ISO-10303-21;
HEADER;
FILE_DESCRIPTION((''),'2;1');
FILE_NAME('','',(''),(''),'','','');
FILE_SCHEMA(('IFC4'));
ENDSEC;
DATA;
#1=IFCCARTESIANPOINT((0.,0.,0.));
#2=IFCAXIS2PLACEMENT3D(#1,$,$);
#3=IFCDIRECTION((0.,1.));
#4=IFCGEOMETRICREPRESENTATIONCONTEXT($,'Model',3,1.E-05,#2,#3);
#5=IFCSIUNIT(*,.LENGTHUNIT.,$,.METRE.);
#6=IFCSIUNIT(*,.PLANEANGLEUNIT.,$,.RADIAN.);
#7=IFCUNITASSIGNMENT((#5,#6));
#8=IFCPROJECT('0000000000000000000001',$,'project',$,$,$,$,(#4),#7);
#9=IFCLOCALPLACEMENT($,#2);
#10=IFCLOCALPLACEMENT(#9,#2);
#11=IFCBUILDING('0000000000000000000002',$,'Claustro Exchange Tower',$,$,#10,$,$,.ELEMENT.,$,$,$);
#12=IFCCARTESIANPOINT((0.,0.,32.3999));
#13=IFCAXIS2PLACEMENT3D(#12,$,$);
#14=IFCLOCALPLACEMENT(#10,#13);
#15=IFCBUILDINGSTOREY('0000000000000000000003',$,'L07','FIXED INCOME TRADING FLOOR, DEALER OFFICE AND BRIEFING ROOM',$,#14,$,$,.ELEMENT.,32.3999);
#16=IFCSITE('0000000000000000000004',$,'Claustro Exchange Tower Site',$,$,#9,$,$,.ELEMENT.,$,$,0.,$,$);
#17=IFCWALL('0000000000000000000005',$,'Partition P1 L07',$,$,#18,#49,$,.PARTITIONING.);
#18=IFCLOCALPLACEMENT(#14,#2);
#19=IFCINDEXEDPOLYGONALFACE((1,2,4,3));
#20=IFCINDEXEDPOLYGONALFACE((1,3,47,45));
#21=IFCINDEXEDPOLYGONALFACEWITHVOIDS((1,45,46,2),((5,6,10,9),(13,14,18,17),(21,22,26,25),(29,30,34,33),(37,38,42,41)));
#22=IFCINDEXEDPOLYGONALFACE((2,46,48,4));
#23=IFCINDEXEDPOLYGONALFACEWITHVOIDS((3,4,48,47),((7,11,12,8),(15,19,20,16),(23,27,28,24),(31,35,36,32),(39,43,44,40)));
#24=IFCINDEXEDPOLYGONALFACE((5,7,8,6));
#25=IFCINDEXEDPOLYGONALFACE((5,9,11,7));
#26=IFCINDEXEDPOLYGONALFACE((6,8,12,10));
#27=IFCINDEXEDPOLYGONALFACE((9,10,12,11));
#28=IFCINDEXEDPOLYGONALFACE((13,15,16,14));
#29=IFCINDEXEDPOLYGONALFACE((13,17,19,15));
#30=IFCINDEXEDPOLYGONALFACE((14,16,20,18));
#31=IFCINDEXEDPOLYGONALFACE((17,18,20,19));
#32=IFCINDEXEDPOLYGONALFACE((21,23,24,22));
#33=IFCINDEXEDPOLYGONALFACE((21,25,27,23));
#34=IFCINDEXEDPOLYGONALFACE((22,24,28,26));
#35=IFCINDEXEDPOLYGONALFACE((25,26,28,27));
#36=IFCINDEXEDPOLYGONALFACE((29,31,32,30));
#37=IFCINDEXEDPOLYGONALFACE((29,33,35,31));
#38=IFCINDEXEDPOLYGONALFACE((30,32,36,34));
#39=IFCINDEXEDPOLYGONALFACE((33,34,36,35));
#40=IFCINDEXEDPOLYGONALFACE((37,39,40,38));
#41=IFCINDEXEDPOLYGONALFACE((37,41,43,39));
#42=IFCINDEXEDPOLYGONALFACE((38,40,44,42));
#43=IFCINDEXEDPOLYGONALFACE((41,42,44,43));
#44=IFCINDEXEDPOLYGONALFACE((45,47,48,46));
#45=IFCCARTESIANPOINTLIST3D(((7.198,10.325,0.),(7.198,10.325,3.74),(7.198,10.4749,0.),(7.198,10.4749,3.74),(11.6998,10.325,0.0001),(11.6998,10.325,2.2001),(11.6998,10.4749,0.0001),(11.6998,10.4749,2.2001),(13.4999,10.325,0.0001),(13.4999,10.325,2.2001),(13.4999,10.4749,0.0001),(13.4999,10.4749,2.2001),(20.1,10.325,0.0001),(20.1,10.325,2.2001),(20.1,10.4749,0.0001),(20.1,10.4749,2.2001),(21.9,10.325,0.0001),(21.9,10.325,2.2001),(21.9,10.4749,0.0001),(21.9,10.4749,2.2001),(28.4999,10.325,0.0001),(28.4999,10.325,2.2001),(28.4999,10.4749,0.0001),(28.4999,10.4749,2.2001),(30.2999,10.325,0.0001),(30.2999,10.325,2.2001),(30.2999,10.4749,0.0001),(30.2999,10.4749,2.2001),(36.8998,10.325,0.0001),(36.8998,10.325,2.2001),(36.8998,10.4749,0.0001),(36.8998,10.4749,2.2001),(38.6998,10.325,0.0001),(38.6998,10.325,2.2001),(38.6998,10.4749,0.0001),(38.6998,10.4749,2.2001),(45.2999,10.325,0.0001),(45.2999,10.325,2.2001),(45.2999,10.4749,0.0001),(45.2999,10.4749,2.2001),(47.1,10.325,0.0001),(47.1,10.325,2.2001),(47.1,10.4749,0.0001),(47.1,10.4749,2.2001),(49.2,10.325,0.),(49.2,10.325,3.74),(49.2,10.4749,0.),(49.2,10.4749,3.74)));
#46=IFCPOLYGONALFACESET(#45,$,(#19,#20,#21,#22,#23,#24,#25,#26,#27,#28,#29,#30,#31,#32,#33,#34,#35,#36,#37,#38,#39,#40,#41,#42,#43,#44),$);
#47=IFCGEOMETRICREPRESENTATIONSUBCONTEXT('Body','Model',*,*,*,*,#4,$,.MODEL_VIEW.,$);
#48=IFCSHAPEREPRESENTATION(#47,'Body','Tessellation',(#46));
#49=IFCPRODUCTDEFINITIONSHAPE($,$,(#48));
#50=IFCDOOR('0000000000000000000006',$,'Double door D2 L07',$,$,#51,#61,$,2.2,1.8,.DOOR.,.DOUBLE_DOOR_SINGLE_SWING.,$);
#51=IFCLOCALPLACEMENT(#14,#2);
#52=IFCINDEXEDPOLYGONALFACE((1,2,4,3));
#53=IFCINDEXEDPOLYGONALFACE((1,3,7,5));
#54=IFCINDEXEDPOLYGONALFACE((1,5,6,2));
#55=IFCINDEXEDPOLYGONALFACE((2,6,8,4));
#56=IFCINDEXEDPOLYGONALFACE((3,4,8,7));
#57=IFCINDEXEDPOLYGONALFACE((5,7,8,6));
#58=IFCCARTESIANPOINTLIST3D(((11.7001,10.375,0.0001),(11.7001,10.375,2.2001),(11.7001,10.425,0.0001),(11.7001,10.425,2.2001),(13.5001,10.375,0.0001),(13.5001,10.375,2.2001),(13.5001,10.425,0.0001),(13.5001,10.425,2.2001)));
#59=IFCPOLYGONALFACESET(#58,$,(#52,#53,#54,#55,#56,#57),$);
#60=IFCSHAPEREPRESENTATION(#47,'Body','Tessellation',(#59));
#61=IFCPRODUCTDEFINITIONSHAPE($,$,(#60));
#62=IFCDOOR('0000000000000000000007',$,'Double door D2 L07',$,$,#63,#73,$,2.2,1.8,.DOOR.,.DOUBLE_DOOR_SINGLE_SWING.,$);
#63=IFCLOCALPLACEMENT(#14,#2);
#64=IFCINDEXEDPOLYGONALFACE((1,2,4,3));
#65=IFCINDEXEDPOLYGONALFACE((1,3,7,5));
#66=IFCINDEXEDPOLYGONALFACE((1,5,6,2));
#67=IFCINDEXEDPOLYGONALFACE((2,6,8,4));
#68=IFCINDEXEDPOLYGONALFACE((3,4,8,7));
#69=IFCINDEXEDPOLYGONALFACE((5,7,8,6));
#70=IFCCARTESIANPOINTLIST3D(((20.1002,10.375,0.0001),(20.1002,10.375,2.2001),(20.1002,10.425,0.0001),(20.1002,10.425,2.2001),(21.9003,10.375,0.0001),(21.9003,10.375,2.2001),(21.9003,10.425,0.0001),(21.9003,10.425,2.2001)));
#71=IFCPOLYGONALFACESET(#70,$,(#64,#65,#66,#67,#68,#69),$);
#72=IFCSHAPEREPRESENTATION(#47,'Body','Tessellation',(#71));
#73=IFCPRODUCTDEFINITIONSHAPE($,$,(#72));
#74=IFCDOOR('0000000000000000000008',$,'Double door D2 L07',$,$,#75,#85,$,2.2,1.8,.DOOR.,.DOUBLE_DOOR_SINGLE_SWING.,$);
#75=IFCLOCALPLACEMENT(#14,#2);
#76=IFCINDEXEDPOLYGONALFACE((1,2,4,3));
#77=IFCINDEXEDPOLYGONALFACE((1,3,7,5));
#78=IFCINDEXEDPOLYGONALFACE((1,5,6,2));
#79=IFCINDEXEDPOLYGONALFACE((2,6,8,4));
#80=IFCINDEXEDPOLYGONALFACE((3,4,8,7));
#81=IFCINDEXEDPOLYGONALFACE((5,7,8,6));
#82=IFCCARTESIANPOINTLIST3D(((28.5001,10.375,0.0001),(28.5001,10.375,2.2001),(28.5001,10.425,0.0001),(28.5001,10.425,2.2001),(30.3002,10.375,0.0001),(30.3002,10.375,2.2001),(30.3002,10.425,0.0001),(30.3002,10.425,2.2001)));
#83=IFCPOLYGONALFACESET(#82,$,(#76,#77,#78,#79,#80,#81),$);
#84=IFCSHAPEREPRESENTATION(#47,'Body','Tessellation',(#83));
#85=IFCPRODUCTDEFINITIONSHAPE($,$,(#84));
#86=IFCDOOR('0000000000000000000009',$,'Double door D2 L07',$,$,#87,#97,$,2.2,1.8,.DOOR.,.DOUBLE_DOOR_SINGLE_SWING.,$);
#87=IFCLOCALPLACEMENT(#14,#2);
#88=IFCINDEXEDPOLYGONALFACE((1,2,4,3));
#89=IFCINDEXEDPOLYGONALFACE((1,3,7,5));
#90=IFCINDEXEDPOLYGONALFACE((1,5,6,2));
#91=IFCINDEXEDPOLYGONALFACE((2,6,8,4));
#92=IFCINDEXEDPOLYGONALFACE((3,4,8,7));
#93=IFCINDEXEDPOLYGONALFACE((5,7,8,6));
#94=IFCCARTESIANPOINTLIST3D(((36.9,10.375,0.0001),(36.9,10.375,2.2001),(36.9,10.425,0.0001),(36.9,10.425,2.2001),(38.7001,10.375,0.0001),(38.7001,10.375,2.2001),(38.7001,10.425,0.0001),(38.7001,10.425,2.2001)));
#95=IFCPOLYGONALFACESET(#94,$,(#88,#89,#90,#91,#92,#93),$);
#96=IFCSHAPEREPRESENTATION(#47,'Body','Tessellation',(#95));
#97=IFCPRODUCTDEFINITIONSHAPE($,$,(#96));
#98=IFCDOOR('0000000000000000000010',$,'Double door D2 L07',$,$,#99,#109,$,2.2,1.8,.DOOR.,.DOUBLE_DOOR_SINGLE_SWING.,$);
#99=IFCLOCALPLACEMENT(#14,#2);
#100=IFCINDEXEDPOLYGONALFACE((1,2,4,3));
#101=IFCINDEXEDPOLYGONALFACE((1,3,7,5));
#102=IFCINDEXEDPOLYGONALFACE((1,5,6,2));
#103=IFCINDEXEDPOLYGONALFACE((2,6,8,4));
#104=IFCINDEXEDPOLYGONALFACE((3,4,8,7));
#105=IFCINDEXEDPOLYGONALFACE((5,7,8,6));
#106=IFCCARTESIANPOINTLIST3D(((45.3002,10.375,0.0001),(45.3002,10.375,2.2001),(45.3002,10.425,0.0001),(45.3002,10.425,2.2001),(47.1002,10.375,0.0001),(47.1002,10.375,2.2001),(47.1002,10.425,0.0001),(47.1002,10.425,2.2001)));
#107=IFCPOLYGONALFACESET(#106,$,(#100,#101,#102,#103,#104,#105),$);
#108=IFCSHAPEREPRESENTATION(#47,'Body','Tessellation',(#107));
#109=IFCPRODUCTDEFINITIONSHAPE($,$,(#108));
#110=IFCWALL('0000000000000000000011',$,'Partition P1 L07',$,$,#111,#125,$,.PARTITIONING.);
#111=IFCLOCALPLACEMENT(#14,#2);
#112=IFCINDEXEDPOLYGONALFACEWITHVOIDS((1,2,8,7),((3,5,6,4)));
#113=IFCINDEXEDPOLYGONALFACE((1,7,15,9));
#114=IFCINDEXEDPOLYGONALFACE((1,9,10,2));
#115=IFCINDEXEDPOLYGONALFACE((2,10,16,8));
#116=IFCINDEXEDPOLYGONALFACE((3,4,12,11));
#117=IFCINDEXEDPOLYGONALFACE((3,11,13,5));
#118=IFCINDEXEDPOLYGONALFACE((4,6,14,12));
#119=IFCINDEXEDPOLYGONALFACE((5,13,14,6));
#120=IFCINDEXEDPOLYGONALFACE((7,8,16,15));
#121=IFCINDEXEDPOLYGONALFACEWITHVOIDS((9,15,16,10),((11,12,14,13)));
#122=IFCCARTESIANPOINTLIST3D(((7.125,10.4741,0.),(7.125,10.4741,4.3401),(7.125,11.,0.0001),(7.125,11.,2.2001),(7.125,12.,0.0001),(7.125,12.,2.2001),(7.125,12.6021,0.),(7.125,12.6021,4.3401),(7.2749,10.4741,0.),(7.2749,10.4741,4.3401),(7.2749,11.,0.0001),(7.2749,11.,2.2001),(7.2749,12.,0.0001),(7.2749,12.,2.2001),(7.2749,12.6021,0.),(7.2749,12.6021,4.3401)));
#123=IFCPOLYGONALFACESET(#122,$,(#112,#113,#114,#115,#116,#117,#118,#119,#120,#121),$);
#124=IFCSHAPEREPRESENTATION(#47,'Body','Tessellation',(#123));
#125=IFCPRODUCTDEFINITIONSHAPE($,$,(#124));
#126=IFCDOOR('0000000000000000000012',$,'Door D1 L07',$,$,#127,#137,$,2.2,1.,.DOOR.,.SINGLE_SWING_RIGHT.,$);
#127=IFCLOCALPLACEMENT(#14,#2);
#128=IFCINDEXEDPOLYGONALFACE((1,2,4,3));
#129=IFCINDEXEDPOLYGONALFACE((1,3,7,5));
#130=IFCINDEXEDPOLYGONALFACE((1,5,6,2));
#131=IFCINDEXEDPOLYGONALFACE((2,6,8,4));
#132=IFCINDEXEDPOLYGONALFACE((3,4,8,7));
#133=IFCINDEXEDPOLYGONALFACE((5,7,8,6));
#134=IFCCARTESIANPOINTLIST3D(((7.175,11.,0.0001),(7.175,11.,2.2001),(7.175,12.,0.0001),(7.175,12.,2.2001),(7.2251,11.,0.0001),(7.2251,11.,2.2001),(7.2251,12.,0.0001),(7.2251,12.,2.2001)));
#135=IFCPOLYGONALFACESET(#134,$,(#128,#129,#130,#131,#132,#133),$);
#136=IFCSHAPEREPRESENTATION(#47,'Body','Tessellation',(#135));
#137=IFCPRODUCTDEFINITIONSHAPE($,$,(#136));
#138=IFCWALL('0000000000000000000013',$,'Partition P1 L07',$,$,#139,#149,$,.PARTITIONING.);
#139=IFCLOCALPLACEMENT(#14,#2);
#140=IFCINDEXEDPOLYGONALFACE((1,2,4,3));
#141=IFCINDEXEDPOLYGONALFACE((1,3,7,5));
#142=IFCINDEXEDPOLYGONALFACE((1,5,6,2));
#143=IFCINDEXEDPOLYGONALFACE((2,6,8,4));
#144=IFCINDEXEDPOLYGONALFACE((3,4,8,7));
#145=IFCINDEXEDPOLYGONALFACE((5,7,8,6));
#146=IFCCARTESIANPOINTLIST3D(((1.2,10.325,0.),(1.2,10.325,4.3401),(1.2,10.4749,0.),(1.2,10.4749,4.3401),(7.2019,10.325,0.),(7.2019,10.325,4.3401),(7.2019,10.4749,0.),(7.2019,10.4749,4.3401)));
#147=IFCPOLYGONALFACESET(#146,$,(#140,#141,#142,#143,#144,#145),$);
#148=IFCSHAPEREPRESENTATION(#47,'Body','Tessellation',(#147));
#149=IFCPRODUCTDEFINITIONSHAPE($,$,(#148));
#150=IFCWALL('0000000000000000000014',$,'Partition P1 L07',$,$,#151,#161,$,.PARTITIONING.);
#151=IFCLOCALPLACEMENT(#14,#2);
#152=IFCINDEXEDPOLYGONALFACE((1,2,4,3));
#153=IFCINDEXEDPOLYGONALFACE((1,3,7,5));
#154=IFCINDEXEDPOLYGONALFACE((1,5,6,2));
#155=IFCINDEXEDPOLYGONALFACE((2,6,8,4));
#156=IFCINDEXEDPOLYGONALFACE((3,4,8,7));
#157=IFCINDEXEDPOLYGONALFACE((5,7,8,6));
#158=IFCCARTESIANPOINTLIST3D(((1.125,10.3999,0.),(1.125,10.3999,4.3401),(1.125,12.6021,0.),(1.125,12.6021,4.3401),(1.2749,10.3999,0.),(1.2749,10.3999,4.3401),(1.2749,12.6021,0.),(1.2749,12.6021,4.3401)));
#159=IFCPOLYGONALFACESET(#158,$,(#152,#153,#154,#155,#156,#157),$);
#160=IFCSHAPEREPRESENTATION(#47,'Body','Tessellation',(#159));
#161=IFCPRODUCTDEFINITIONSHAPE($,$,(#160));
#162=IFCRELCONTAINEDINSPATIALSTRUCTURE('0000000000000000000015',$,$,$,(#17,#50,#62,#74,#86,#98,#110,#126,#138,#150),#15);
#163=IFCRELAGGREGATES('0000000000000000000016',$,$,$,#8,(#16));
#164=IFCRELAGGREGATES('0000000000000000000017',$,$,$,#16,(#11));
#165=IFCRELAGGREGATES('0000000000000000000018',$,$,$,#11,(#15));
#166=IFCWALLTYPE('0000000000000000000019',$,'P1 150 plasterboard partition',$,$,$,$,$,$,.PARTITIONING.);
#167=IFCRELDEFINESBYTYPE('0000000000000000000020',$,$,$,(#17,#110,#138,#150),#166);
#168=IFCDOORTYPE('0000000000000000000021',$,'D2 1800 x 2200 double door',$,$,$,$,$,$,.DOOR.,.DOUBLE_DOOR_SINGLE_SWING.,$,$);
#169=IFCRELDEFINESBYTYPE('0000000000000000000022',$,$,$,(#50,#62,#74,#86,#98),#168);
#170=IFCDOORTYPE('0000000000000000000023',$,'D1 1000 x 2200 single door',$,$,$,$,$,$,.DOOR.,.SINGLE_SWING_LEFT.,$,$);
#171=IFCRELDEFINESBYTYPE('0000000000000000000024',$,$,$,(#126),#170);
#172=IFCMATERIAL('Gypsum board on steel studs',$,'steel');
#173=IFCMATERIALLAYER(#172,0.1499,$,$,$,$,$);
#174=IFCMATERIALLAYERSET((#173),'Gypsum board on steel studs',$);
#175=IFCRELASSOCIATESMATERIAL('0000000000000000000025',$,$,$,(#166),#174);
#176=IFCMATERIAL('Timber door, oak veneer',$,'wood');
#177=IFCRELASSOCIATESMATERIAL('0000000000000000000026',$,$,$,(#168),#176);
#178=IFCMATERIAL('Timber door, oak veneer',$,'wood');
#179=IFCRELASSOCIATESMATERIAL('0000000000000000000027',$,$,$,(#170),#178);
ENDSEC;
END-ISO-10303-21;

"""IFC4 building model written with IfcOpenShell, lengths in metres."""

from ifc_helpers import new_model, si_unit, direction, frame, frame_2d, origin, place, context, subcontext, project, spatial, rectangle, extrude, material, layer, layer_set, type_object, element, fill, save


model = new_model("IFC4")

# Units and contexts
model_context = context("Model", 3, precision=1e-05, world=origin(), true_north=direction((0.0, 1.0)))
body_context = subcontext(model_context, "Body", "Model", "MODEL_VIEW")
ifc_project = project(units=[si_unit("LENGTHUNIT", "METRE"), si_unit("PLANEANGLEUNIT", "RADIAN")], contexts=[model_context])

# Site, building, storey
site_placement = place(None, origin())
site = spatial("IfcSite", under=ifc_project, at=site_placement, Name="Claustro Exchange Tower Site", CompositionType="ELEMENT", RefElevation=0.0)
building_placement = place(site_placement, origin())
building = spatial("IfcBuilding", under=site, at=building_placement, Name="Claustro Exchange Tower", CompositionType="ELEMENT")
storey_placement = place(building_placement, frame((0.0, 0.0, 32.3999)))
storey = spatial("IfcBuildingStorey", under=building, at=storey_placement, Name="L07", Description="FIXED INCOME TRADING FLOOR, DEALER OFFICE AND BRIEFING ROOM", CompositionType="ELEMENT", Elevation=32.3999)

# Wall, openings, doors
ifc_material_1 = material(Name="Gypsum board on steel studs", Category="steel")
ifc_layer_1 = layer(ifc_material_1, 0.1499)
ifc_layer_set_1 = layer_set([ifc_layer_1], Name="Gypsum board on steel studs")
wall_type_1 = type_object("IfcWallType", Name="P1 150 plasterboard partition", PredefinedType="PARTITIONING", material=ifc_layer_set_1)
wall_1_placement = place(storey_placement, frame((7.198, 10.3999, 0.0), z_axis=(0.0, 0.0, 1.0), x_axis=(1.0, 0.0, 0.0)))
wall_1 = element("IfcWall", 1, at=wall_1_placement, inside=storey, type_object=wall_type_1, Name="Partition P1 L07", PredefinedType="PARTITIONING", context=body_context, shape_type="SweptSolid", body=[
    extrude(rectangle(XDim=42.002, YDim=0.1499, at=frame_2d((21.001, 0.0))), origin(), (0.0, 0.0, 1.0), 3.74),
])
opening_1_placement = place(wall_1_placement, frame((4.502, 0.0, 0.0)))
opening_1 = element("IfcOpeningElement", 2, at=opening_1_placement, cuts=wall_1, PredefinedType="OPENING", context=body_context, shape_type="SweptSolid", body=[
    extrude(rectangle(XDim=1.8, YDim=2.2, at=frame_2d((0.8999, 1.1001))), frame((0.0, 0.085, 0.0), z_axis=(0.0, -1.0, 0.0), x_axis=(1.0, 0.0, 0.0)), (0.0, 0.0, 1.0), 0.1699),
])
opening_2_placement = place(wall_1_placement, frame((12.9021, 0.0, 0.0)))
opening_2 = element("IfcOpeningElement", 3, at=opening_2_placement, cuts=wall_1, PredefinedType="OPENING", context=body_context, shape_type="SweptSolid", body=[
    extrude(rectangle(XDim=1.8, YDim=2.2, at=frame_2d((0.8999, 1.1001))), frame((0.0, 0.085, 0.0), z_axis=(0.0, -1.0, 0.0), x_axis=(1.0, 0.0, 0.0)), (0.0, 0.0, 1.0), 0.1699),
])
opening_3_placement = place(wall_1_placement, frame((21.302, 0.0, 0.0)))
opening_3 = element("IfcOpeningElement", 4, at=opening_3_placement, cuts=wall_1, PredefinedType="OPENING", context=body_context, shape_type="SweptSolid", body=[
    extrude(rectangle(XDim=1.8, YDim=2.2, at=frame_2d((0.8999, 1.1001))), frame((0.0, 0.085, 0.0), z_axis=(0.0, -1.0, 0.0), x_axis=(1.0, 0.0, 0.0)), (0.0, 0.0, 1.0), 0.1699),
])
opening_4_placement = place(wall_1_placement, frame((29.7019, 0.0, 0.0)))
opening_4 = element("IfcOpeningElement", 5, at=opening_4_placement, cuts=wall_1, PredefinedType="OPENING", context=body_context, shape_type="SweptSolid", body=[
    extrude(rectangle(XDim=1.8, YDim=2.2, at=frame_2d((0.8999, 1.1001))), frame((0.0, 0.085, 0.0), z_axis=(0.0, -1.0, 0.0), x_axis=(1.0, 0.0, 0.0)), (0.0, 0.0, 1.0), 0.1699),
])
opening_5_placement = place(wall_1_placement, frame((38.1021, 0.0, 0.0)))
opening_5 = element("IfcOpeningElement", 6, at=opening_5_placement, cuts=wall_1, PredefinedType="OPENING", context=body_context, shape_type="SweptSolid", body=[
    extrude(rectangle(XDim=1.8, YDim=2.2, at=frame_2d((0.8999, 1.1001))), frame((0.0, 0.085, 0.0), z_axis=(0.0, -1.0, 0.0), x_axis=(1.0, 0.0, 0.0)), (0.0, 0.0, 1.0), 0.1699),
])
ifc_material_2 = material(Name="Timber door, oak veneer", Category="wood")
door_type_1 = type_object("IfcDoorType", Name="D2 1800 x 2200 double door", OperationType="DOUBLE_DOOR_SINGLE_SWING", PredefinedType="DOOR", material=ifc_material_2)
door_1_placement = place(opening_1_placement, frame((1.8, 0.0, 0.0), z_axis=(0.0, 0.0, 1.0), x_axis=(-1.0, 0.0, 0.0)))
door_1 = element("IfcDoor", 7, at=door_1_placement, inside=storey, type_object=door_type_1, Name="Double door D2 L07", OperationType="DOUBLE_DOOR_SINGLE_SWING", OverallHeight=2.2, OverallWidth=1.8, PredefinedType="DOOR", context=body_context, shape_type="SweptSolid", body=[
    extrude(rectangle(XDim=1.8, YDim=2.2, at=frame_2d((0.8999, 1.1001))), frame((0.0, 0.0249, 0.0), z_axis=(0.0, -1.0, 0.0), x_axis=(1.0, 0.0, 0.0)), (0.0, 0.0, 1.0), 0.05),
])
fill(opening_1, door_1)
door_2_placement = place(opening_2_placement, frame((1.8, 0.0, 0.0), z_axis=(0.0, 0.0, 1.0), x_axis=(-1.0, 0.0, 0.0)))
door_2 = element("IfcDoor", 8, at=door_2_placement, inside=storey, type_object=door_type_1, Name="Double door D2 L07", OperationType="DOUBLE_DOOR_SINGLE_SWING", OverallHeight=2.2, OverallWidth=1.8, PredefinedType="DOOR", context=body_context, shape_type="SweptSolid", body=[
    extrude(rectangle(XDim=1.8, YDim=2.2, at=frame_2d((0.8999, 1.1001))), frame((0.0, 0.0249, 0.0), z_axis=(0.0, -1.0, 0.0), x_axis=(1.0, 0.0, 0.0)), (0.0, 0.0, 1.0), 0.05),
])
fill(opening_2, door_2)
door_3_placement = place(opening_3_placement, frame((1.8, 0.0, 0.0), z_axis=(0.0, 0.0, 1.0), x_axis=(-1.0, 0.0, 0.0)))
door_3 = element("IfcDoor", 9, at=door_3_placement, inside=storey, type_object=door_type_1, Name="Double door D2 L07", OperationType="DOUBLE_DOOR_SINGLE_SWING", OverallHeight=2.2, OverallWidth=1.8, PredefinedType="DOOR", context=body_context, shape_type="SweptSolid", body=[
    extrude(rectangle(XDim=1.8, YDim=2.2, at=frame_2d((0.8999, 1.1001))), frame((0.0, 0.0249, 0.0), z_axis=(0.0, -1.0, 0.0), x_axis=(1.0, 0.0, 0.0)), (0.0, 0.0, 1.0), 0.05),
])
fill(opening_3, door_3)
door_4_placement = place(opening_4_placement, frame((1.8, 0.0, 0.0), z_axis=(0.0, 0.0, 1.0), x_axis=(-1.0, 0.0, 0.0)))
door_4 = element("IfcDoor", 10, at=door_4_placement, inside=storey, type_object=door_type_1, Name="Double door D2 L07", OperationType="DOUBLE_DOOR_SINGLE_SWING", OverallHeight=2.2, OverallWidth=1.8, PredefinedType="DOOR", context=body_context, shape_type="SweptSolid", body=[
    extrude(rectangle(XDim=1.8, YDim=2.2, at=frame_2d((0.8999, 1.1001))), frame((0.0, 0.0249, 0.0), z_axis=(0.0, -1.0, 0.0), x_axis=(1.0, 0.0, 0.0)), (0.0, 0.0, 1.0), 0.05),
])
fill(opening_4, door_4)
door_5_placement = place(opening_5_placement, frame((1.8, 0.0, 0.0), z_axis=(0.0, 0.0, 1.0), x_axis=(-1.0, 0.0, 0.0)))
door_5 = element("IfcDoor", 11, at=door_5_placement, inside=storey, type_object=door_type_1, Name="Double door D2 L07", OperationType="DOUBLE_DOOR_SINGLE_SWING", OverallHeight=2.2, OverallWidth=1.8, PredefinedType="DOOR", context=body_context, shape_type="SweptSolid", body=[
    extrude(rectangle(XDim=1.8, YDim=2.2, at=frame_2d((0.8999, 1.1001))), frame((0.0, 0.0249, 0.0), z_axis=(0.0, -1.0, 0.0), x_axis=(1.0, 0.0, 0.0)), (0.0, 0.0, 1.0), 0.05),
])
fill(opening_5, door_5)

# Wall, opening, door
wall_2_placement = place(storey_placement, frame((7.2, 10.4741, 0.0), z_axis=(0.0, 0.0, 1.0), x_axis=(0.0, 1.0, 0.0)))
wall_2 = element("IfcWall", 12, at=wall_2_placement, inside=storey, type_object=wall_type_1, Name="Partition P1 L07", PredefinedType="PARTITIONING", context=body_context, shape_type="SweptSolid", body=[
    extrude(rectangle(XDim=2.1279, YDim=0.1499, at=frame_2d((1.064, 0.0))), origin(), (0.0, 0.0, 1.0), 4.3401),
])
opening_6_placement = place(wall_2_placement, frame((0.5259, 0.0, 0.0)))
opening_6 = element("IfcOpeningElement", 13, at=opening_6_placement, cuts=wall_2, PredefinedType="OPENING", context=body_context, shape_type="SweptSolid", body=[
    extrude(rectangle(XDim=1.0, YDim=2.2, at=frame_2d((0.5, 1.1001))), frame((0.0, 0.085, 0.0), z_axis=(0.0, -1.0, 0.0), x_axis=(1.0, 0.0, 0.0)), (0.0, 0.0, 1.0), 0.1699),
])
ifc_material_3 = material(Name="Timber door, oak veneer", Category="wood")
door_type_2 = type_object("IfcDoorType", Name="D1 1000 x 2200 single door", OperationType="SINGLE_SWING_LEFT", PredefinedType="DOOR", material=ifc_material_3)
door_6_placement = place(opening_6_placement, origin())
door_6 = element("IfcDoor", 14, at=door_6_placement, inside=storey, type_object=door_type_2, Name="Door D1 L07", OperationType="SINGLE_SWING_RIGHT", OverallHeight=2.2, OverallWidth=1.0, PredefinedType="DOOR", context=body_context, shape_type="SweptSolid", body=[
    extrude(rectangle(XDim=1.0, YDim=2.2, at=frame_2d((0.5, 1.1001))), frame((0.0, 0.0249, 0.0), z_axis=(0.0, -1.0, 0.0), x_axis=(1.0, 0.0, 0.0)), (0.0, 0.0, 1.0), 0.05),
])
fill(opening_6, door_6)

# Walls
wall_3_placement = place(storey_placement, frame((1.2, 10.3999, 0.0), z_axis=(0.0, 0.0, 1.0), x_axis=(1.0, 0.0, 0.0)))
element("IfcWall", 15, at=wall_3_placement, inside=storey, type_object=wall_type_1, Name="Partition P1 L07", PredefinedType="PARTITIONING", context=body_context, shape_type="SweptSolid", body=[
    extrude(rectangle(XDim=6.002, YDim=0.1499, at=frame_2d((3.001, 0.0))), origin(), (0.0, 0.0, 1.0), 4.3401),
])
wall_4_placement = place(storey_placement, frame((1.2, 10.3999, 0.0), z_axis=(0.0, 0.0, 1.0), x_axis=(0.0, 1.0, 0.0)))
element("IfcWall", 16, at=wall_4_placement, inside=storey, type_object=wall_type_1, Name="Partition P1 L07", PredefinedType="PARTITIONING", context=body_context, shape_type="SweptSolid", body=[
    extrude(rectangle(XDim=2.2021, YDim=0.1499, at=frame_2d((1.1011, 0.0))), origin(), (0.0, 0.0, 1.0), 4.3401),
])

save(model, "model.ifc")
